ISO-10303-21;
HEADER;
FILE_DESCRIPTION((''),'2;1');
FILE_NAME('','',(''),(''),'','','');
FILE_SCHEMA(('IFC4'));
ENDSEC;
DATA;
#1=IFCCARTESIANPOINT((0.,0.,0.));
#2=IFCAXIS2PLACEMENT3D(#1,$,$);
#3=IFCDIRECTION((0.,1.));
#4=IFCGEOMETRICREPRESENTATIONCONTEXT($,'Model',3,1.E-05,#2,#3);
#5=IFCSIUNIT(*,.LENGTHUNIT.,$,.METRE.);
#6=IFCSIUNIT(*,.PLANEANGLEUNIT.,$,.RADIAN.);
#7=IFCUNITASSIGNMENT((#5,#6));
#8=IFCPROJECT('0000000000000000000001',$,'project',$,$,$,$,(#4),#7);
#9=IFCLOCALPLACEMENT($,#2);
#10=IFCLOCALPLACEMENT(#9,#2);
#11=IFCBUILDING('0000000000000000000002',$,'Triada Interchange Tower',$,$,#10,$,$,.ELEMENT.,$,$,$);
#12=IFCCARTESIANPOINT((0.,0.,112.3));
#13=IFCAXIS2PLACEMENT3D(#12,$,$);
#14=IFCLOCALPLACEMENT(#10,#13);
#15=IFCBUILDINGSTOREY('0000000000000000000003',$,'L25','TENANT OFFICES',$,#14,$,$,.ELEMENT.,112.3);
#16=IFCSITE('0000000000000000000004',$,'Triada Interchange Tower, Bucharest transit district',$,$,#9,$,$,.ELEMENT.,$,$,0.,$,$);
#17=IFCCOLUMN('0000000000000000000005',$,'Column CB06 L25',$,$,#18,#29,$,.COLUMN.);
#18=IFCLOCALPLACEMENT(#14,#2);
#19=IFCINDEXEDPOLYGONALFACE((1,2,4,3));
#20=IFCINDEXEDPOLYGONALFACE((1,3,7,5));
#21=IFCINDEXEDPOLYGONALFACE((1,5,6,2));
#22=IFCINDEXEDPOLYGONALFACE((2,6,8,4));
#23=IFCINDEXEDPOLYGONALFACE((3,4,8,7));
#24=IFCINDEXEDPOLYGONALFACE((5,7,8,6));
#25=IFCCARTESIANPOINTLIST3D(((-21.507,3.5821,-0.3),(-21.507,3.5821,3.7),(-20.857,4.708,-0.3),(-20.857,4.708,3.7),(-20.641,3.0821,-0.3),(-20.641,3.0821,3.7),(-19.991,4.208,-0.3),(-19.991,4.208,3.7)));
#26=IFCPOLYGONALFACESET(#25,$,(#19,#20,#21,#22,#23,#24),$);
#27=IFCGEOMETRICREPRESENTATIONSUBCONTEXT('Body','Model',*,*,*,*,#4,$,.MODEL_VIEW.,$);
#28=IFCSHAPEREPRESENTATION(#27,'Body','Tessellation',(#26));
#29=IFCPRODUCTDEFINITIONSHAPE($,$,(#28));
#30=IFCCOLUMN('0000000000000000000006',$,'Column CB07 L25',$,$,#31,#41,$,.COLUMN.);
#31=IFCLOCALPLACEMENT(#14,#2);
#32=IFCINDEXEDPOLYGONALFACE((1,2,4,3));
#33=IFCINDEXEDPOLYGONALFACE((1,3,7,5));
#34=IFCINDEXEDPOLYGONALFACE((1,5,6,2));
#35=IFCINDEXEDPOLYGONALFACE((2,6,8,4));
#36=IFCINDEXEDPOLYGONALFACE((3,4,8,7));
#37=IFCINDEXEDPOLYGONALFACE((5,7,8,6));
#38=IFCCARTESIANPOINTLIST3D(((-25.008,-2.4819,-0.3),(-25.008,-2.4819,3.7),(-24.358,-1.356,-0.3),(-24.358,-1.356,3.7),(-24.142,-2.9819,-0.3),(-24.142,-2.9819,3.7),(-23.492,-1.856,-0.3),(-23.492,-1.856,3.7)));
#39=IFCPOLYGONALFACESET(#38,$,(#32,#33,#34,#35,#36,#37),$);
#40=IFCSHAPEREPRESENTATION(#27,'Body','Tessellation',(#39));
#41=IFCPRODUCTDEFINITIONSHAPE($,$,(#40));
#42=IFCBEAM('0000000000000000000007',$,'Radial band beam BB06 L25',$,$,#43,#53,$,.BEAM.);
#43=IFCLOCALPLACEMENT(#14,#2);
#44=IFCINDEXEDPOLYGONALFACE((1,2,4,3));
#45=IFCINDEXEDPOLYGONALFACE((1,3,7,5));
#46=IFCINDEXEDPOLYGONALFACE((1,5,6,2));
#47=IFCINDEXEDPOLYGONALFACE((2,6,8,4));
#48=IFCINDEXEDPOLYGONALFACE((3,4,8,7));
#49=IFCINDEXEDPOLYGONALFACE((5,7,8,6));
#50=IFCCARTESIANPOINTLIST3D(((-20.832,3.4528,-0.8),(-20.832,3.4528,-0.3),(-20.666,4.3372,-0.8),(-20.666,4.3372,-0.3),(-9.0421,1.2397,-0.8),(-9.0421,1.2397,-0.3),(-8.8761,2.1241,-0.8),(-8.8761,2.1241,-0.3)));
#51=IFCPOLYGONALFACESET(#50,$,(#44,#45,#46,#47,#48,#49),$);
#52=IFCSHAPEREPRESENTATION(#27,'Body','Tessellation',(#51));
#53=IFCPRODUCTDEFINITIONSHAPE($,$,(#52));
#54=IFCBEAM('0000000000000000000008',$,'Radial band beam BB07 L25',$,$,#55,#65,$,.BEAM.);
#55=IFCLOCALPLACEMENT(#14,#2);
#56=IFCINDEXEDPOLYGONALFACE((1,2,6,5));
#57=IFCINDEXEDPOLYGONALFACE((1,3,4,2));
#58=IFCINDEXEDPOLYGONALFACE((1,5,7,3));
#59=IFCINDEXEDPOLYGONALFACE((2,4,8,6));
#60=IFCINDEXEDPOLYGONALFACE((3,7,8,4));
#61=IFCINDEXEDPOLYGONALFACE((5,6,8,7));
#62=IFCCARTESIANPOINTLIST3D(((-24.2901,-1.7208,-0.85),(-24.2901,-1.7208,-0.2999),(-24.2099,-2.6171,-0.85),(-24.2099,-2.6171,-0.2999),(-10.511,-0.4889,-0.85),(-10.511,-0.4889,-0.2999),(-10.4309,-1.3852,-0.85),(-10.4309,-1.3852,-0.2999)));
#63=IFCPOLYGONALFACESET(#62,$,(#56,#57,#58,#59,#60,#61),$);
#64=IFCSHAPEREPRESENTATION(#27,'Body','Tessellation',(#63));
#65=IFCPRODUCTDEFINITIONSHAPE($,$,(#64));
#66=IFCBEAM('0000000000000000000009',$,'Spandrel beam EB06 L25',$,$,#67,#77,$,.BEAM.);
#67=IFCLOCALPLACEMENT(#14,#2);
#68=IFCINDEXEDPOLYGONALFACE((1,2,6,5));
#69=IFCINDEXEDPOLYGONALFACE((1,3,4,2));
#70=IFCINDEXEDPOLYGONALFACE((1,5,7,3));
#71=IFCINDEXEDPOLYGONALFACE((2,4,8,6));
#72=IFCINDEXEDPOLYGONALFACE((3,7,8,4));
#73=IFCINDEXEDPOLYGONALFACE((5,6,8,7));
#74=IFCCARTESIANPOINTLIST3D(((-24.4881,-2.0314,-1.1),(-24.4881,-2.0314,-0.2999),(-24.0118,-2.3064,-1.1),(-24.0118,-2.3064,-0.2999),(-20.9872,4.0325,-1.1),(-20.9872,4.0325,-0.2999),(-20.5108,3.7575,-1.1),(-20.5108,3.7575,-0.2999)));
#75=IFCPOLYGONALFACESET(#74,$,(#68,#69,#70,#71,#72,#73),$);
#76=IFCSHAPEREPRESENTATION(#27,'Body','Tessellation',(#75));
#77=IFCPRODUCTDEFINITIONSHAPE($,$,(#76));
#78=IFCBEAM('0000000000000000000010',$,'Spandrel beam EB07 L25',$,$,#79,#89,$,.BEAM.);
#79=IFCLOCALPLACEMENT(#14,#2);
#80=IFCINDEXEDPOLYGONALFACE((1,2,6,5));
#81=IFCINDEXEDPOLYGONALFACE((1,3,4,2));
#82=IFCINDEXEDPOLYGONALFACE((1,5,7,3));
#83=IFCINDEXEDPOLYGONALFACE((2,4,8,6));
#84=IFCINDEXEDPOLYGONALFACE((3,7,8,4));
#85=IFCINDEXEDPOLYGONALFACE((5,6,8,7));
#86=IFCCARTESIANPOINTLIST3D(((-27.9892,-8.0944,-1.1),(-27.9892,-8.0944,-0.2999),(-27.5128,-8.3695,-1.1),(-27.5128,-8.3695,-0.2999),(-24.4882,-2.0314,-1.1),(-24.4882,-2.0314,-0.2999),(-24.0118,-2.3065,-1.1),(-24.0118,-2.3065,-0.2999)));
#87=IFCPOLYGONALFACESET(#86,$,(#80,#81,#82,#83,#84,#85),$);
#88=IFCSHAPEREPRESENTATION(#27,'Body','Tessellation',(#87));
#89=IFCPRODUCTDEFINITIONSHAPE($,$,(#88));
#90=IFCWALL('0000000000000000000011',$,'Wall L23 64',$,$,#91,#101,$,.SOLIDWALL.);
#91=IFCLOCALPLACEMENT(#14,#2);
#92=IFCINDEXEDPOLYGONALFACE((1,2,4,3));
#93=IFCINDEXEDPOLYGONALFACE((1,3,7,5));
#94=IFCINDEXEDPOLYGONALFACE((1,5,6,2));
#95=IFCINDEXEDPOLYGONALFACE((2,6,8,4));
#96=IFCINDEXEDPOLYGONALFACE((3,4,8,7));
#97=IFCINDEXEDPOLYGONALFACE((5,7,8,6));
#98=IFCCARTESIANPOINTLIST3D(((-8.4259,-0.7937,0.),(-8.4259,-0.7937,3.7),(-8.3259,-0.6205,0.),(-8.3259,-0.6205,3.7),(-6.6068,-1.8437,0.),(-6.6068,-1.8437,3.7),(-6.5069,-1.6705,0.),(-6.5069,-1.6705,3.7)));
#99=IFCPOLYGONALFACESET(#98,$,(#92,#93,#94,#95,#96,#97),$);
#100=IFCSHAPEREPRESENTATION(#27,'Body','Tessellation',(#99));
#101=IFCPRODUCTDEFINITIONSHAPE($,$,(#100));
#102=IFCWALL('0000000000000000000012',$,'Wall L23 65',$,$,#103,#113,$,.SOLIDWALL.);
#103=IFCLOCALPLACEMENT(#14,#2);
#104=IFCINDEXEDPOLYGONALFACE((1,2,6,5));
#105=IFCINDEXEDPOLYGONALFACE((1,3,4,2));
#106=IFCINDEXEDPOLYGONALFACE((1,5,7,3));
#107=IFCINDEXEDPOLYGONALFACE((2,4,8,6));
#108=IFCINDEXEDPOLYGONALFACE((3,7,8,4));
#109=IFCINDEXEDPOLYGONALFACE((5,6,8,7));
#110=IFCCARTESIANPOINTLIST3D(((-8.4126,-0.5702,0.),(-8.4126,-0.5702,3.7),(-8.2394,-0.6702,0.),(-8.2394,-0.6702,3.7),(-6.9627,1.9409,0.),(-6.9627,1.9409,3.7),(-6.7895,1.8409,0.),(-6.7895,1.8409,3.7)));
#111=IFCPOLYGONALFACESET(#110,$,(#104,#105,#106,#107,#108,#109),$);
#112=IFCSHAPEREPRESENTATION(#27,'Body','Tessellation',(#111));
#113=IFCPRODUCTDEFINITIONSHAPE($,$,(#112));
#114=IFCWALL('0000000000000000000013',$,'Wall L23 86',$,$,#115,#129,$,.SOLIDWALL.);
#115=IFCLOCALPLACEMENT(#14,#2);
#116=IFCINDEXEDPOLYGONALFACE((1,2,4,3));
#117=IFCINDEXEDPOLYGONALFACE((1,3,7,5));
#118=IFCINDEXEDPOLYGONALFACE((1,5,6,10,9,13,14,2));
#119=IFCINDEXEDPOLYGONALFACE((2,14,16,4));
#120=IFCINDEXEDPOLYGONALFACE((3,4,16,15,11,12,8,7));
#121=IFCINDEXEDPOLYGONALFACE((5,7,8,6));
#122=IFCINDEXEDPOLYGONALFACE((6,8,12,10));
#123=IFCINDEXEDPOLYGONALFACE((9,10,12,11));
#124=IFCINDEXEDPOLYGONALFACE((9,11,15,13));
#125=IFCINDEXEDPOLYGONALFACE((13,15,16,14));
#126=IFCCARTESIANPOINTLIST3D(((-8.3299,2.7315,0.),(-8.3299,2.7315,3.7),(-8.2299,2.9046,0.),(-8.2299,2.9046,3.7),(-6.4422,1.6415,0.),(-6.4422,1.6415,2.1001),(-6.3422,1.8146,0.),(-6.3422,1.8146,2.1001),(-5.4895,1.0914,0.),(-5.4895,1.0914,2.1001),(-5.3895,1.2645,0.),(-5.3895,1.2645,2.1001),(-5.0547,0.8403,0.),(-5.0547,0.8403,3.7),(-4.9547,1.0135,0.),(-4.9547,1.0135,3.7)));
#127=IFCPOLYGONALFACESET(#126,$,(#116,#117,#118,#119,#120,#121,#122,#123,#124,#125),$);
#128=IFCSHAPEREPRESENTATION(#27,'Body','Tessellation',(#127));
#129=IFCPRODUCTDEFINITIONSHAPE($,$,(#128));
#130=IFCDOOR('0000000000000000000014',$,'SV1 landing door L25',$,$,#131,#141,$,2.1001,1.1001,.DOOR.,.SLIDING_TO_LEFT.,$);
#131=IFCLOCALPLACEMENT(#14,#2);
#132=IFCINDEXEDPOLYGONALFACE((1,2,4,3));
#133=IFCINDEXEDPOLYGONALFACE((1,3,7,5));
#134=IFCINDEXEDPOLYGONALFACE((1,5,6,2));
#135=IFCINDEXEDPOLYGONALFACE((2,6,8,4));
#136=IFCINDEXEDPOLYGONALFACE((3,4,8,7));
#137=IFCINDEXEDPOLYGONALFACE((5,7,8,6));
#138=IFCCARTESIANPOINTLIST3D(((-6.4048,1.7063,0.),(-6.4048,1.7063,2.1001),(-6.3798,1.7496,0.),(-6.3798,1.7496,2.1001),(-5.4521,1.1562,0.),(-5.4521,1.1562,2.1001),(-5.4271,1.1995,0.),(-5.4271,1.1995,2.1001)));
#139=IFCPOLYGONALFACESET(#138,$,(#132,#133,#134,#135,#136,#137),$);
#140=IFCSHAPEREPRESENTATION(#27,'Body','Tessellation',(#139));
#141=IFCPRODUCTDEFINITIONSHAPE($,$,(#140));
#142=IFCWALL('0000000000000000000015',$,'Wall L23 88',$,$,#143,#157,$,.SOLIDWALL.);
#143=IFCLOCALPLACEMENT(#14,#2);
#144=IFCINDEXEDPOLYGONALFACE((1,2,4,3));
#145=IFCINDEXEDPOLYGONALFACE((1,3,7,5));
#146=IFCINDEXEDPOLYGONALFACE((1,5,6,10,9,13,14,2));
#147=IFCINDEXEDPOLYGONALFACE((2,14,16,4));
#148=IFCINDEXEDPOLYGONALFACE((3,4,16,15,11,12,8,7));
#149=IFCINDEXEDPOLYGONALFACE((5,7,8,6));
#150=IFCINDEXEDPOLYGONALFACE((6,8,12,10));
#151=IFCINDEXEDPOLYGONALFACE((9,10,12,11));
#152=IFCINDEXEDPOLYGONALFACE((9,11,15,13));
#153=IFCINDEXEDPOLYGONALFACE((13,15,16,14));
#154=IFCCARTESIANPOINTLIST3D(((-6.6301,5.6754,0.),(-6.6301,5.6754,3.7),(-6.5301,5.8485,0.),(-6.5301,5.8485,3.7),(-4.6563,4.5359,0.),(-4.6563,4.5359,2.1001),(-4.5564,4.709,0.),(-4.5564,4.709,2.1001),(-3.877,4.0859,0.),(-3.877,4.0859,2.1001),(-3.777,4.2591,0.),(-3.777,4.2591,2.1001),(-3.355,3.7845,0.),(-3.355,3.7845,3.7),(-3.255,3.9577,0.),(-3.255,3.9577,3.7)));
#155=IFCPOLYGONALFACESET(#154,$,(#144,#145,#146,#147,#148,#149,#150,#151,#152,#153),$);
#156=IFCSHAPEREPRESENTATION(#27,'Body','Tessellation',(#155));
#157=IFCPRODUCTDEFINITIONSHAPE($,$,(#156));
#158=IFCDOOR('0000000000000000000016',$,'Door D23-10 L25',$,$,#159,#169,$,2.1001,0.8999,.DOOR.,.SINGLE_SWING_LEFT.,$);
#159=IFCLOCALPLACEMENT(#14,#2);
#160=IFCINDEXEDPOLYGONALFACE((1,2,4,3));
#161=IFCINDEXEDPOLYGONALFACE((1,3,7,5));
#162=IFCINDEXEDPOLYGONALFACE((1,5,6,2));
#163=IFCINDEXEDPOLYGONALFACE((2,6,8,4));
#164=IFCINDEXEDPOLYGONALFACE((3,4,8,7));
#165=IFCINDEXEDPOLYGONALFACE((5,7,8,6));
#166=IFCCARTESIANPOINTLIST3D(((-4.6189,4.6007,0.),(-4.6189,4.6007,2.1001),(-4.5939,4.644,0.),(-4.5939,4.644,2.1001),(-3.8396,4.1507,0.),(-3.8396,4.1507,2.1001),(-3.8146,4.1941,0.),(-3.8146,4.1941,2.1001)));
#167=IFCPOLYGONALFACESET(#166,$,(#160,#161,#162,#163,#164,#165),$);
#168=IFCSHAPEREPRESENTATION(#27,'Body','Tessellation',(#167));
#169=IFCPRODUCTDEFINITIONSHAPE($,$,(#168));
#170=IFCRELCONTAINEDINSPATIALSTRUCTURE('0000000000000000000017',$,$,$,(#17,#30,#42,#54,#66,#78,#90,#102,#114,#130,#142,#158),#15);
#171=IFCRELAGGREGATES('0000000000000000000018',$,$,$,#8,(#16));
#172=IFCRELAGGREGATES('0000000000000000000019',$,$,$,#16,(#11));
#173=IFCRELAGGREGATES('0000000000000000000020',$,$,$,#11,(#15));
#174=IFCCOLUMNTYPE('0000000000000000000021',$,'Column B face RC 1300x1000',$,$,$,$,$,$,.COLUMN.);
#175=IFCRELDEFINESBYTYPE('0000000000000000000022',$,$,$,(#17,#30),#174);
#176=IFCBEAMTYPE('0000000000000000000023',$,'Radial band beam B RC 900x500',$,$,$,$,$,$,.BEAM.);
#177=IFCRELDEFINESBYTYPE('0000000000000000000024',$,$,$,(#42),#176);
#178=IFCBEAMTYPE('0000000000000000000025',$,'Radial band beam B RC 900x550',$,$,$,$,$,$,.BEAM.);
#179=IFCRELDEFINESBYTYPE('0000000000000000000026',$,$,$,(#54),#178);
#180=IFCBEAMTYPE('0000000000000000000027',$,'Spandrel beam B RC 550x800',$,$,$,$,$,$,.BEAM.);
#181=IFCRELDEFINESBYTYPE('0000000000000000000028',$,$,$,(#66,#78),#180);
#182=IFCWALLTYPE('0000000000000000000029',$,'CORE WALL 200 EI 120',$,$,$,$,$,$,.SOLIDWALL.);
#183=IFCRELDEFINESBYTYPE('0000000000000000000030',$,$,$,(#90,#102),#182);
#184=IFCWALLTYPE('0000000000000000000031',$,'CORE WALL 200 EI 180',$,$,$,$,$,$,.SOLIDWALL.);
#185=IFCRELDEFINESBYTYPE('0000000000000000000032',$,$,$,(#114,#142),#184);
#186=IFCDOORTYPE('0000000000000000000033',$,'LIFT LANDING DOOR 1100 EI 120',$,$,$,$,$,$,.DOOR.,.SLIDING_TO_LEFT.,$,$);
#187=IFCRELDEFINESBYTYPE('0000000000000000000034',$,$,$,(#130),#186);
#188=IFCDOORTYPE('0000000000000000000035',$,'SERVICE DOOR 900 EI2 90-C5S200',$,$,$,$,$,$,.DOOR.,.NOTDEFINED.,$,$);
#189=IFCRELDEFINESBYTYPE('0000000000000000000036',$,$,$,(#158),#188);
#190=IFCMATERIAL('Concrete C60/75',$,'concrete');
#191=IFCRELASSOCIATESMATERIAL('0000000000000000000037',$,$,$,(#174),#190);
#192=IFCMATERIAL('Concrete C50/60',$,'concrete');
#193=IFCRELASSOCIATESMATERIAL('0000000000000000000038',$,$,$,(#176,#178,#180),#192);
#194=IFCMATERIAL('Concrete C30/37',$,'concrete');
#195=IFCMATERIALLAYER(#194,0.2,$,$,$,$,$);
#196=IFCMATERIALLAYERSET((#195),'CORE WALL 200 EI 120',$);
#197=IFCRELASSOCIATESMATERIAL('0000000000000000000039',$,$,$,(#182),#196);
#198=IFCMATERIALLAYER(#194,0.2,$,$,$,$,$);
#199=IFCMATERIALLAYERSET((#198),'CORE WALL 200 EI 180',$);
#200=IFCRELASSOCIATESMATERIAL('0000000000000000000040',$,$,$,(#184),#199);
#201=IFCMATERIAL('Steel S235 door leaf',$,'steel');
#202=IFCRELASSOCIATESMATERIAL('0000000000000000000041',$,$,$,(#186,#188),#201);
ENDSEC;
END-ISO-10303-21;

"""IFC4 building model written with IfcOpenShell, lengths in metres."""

from ifc_helpers import new_model, si_unit, direction, frame, frame_2d, origin, origin_2d, place, context, subcontext, project, spatial, rectangle, extrude, material, layer, layer_set, material_profile, profile_set, type_object, element, fill, save


model = new_model("IFC4")

# Units and contexts
model_context = context("Model", 3, precision=1e-05, world=origin(), true_north=direction((0.0, 1.0)))
body_context = subcontext(model_context, "Body", "Model", "MODEL_VIEW")
ifc_project = project(units=[si_unit("LENGTHUNIT", "METRE"), si_unit("PLANEANGLEUNIT", "RADIAN")], contexts=[model_context])

# Site, building, storey
site_placement = place(None, origin())
site = spatial("IfcSite", under=ifc_project, at=site_placement, Name="Triada Interchange Tower, Bucharest transit district", CompositionType="ELEMENT", RefElevation=0.0)
building_placement = place(site_placement, origin())
building = spatial("IfcBuilding", under=site, at=building_placement, Name="Triada Interchange Tower", CompositionType="ELEMENT")
storey_placement = place(building_placement, frame((0.0, 0.0, 112.3)))
storey = spatial("IfcBuildingStorey", under=building, at=storey_placement, Name="L25", Description="TENANT OFFICES", CompositionType="ELEMENT", Elevation=112.3)

# Columns
ifc_material_1 = material(Name="Concrete C60/75", Category="concrete")
ifc_material_profile_1 = material_profile(ifc_material_1, rectangle(XDim=1.3, YDim=1.0, at=origin_2d()), Name="RC 1300x1000")
ifc_profile_set_1 = profile_set([ifc_material_profile_1], Name="Concrete C60/75")
column_type = type_object("IfcColumnType", Name="Column B face RC 1300x1000", PredefinedType="COLUMN", material=ifc_profile_set_1)
for number, where, z_axis, x_axis, name in (
    (1, (-20.749, 3.895, -0.3), (0.0, 0.0, 1.0), (0.5, 0.866025, 0.0), "Column CB06 L25"),
    (2, (-24.25, -2.1689, -0.3), (0.0, 0.0, 1.0), (0.5, 0.866025, 0.0), "Column CB07 L25"),
):
    element("IfcColumn", number, at=place(storey_placement, frame(where, z_axis=z_axis, x_axis=x_axis)), inside=storey, type_object=column_type, Name=name, PredefinedType="COLUMN", context=body_context, shape_type="SweptSolid", body=[
        extrude(rectangle(XDim=1.3, YDim=1.0, at=origin_2d()), origin(), (0.0, 0.0, 1.0), 4.0),
    ])

# Beams
ifc_material_2 = material(Name="Concrete C50/60", Category="concrete")
ifc_material_profile_2 = material_profile(ifc_material_2, rectangle(XDim=0.8999, YDim=0.5, at=origin_2d()), Name="RC 900x500")
ifc_profile_set_2 = profile_set([ifc_material_profile_2], Name="Concrete C50/60")
beam_type_1 = type_object("IfcBeamType", Name="Radial band beam B RC 900x500", PredefinedType="BEAM", material=ifc_profile_set_2)
beam_1_placement = place(storey_placement, frame((-20.749, 3.895, -0.55), z_axis=(0.982834, -0.18449, 0.0), x_axis=(0.18449, 0.982834, 0.0)))
element("IfcBeam", 3, at=beam_1_placement, inside=storey, type_object=beam_type_1, Name="Radial band beam BB06 L25", PredefinedType="BEAM", context=body_context, shape_type="SweptSolid", body=[
    extrude(rectangle(XDim=0.8999, YDim=0.5, at=origin_2d()), origin(), (0.0, 0.0, 1.0), 11.9958),
])
ifc_material_profile_3 = material_profile(ifc_material_2, rectangle(XDim=0.8999, YDim=0.55, at=origin_2d()), Name="RC 900x550")
ifc_profile_set_3 = profile_set([ifc_material_profile_3], Name="Concrete C50/60")
beam_type_2 = type_object("IfcBeamType", Name="Radial band beam B RC 900x550", PredefinedType="BEAM", material=ifc_profile_set_3)
beam_2_placement = place(storey_placement, frame((-24.25, -2.1689, -0.575), z_axis=(0.996027, 0.089051, 0.0), x_axis=(-0.089051, 0.996027, 0.0)))
element("IfcBeam", 4, at=beam_2_placement, inside=storey, type_object=beam_type_2, Name="Radial band beam BB07 L25", PredefinedType="BEAM", context=body_context, shape_type="SweptSolid", body=[
    extrude(rectangle(XDim=0.8999, YDim=0.55, at=origin_2d()), origin(), (0.0, 0.0, 1.0), 13.834),
])
ifc_material_profile_4 = material_profile(ifc_material_2, rectangle(XDim=0.55, YDim=0.8, at=origin_2d()), Name="RC 550x800")
ifc_profile_set_4 = profile_set([ifc_material_profile_4], Name="Concrete C50/60")
beam_type_3 = type_object("IfcBeamType", Name="Spandrel beam B RC 550x800", PredefinedType="BEAM", material=ifc_profile_set_4)
beam_3_placement = place(storey_placement, frame((-20.749, 3.895, -0.7), z_axis=(-0.499994, -0.866029, 0.0), x_axis=(0.866029, -0.499994, 0.0)))
element("IfcBeam", 5, at=beam_3_placement, inside=storey, type_object=beam_type_3, Name="Spandrel beam EB06 L25", PredefinedType="BEAM", context=body_context, shape_type="SweptSolid", body=[
    extrude(rectangle(XDim=0.55, YDim=0.8, at=origin_2d()), origin(), (0.0, 0.0, 1.0), 7.002),
])
beam_4_placement = place(storey_placement, frame((-24.25, -2.1689, -0.7), z_axis=(-0.500054, -0.865994, 0.0), x_axis=(0.865994, -0.500054, 0.0)))
element("IfcBeam", 6, at=beam_4_placement, inside=storey, type_object=beam_type_3, Name="Spandrel beam EB07 L25", PredefinedType="BEAM", context=body_context, shape_type="SweptSolid", body=[
    extrude(rectangle(XDim=0.55, YDim=0.8, at=origin_2d()), origin(), (0.0, 0.0, 1.0), 7.0012),
])

# Walls
ifc_material_3 = material(Name="Concrete C30/37", Category="concrete")
ifc_layer_1 = layer(ifc_material_3, 0.2)
ifc_layer_set_1 = layer_set([ifc_layer_1], Name="CORE WALL 200 EI 120")
wall_type_1 = type_object("IfcWallType", Name="CORE WALL 200 EI 120", PredefinedType="SOLIDWALL", material=ifc_layer_set_1)
wall_1_placement = place(storey_placement, frame((-8.376, -0.707, 0.0), z_axis=(0.0, 0.0, 1.0), x_axis=(0.866068, -0.499927, 0.0)))
element("IfcWall", 7, at=wall_1_placement, inside=storey, type_object=wall_type_1, Name="Wall L23 64", PredefinedType="SOLIDWALL", context=body_context, shape_type="SweptSolid", body=[
    extrude(rectangle(XDim=2.1003, YDim=0.2, at=frame_2d((1.0503, 0.0))), origin(), (0.0, 0.0, 1.0), 3.7),
])
wall_2_placement = place(storey_placement, frame((-8.3259, -0.6201, 0.0), z_axis=(0.0, 0.0, 1.0), x_axis=(0.500024, 0.866012, 0.0)))
element("IfcWall", 8, at=wall_2_placement, inside=storey, type_object=wall_type_1, Name="Wall L23 65", PredefinedType="SOLIDWALL", context=body_context, shape_type="SweptSolid", body=[
    extrude(rectangle(XDim=2.8997, YDim=0.2, at=frame_2d((1.4497, 0.0))), origin(), (0.0, 0.0, 1.0), 3.7),
])

# Walls, openings, doors
ifc_layer_2 = layer(ifc_material_3, 0.2)
ifc_layer_set_2 = layer_set([ifc_layer_2], Name="CORE WALL 200 EI 180")
wall_type_2 = type_object("IfcWallType", Name="CORE WALL 200 EI 180", PredefinedType="SOLIDWALL", material=ifc_layer_set_2)
wall_3_placement = place(storey_placement, frame((-8.28, 2.8181, 0.0), z_axis=(0.0, 0.0, 1.0), x_axis=(0.866002, -0.500041, 0.0)))
wall_3 = element("IfcWall", 9, at=wall_3_placement, inside=storey, type_object=wall_type_2, Name="Wall L23 86", PredefinedType="SOLIDWALL", context=body_context, shape_type="SweptSolid", body=[
    extrude(rectangle(XDim=3.782, YDim=0.2, at=frame_2d((1.8911, 0.0))), origin(), (0.0, 0.0, 1.0), 3.7),
])
opening_1_placement = place(wall_3_placement, frame((2.1799, 0.0, 0.0)))
opening_1 = element("IfcOpeningElement", 10, at=opening_1_placement, cuts=wall_3, PredefinedType="OPENING", context=body_context, shape_type="SweptSolid", body=[
    extrude(rectangle(XDim=1.1001, YDim=2.1001, at=frame_2d((0.55, 1.05))), frame((0.0, 0.1099, 0.0), z_axis=(0.0, -1.0, 0.0), x_axis=(1.0, 0.0, 0.0)), (0.0, 0.0, 1.0), 0.22),
])
ifc_material_4 = material(Name="Steel S235 door leaf", Category="steel")
door_type_1 = type_object("IfcDoorType", Name="LIFT LANDING DOOR 1100 EI 120", OperationType="SLIDING_TO_LEFT", PredefinedType="DOOR", material=ifc_material_4)
door_1_placement = place(opening_1_placement, origin())
door_1 = element("IfcDoor", 11, at=door_1_placement, inside=storey, type_object=door_type_1, Name="SV1 landing door L25", OperationType="SLIDING_TO_LEFT", OverallHeight=2.1001, OverallWidth=1.1001, PredefinedType="DOOR", context=body_context, shape_type="SweptSolid", body=[
    extrude(rectangle(XDim=1.1001, YDim=2.1001, at=frame_2d((0.55, 1.05))), frame((0.0, 0.0249, 0.0), z_axis=(0.0, -1.0, 0.0), x_axis=(1.0, 0.0, 0.0)), (0.0, 0.0, 1.0), 0.05),
])
fill(opening_1, door_1)
wall_4_placement = place(storey_placement, frame((-6.5801, 5.762, 0.0), z_axis=(0.0, 0.0, 1.0), x_axis=(0.86603, -0.499993, 0.0)))
wall_4 = element("IfcWall", 12, at=wall_4_placement, inside=storey, type_object=wall_type_2, Name="Wall L23 88", PredefinedType="SOLIDWALL", context=body_context, shape_type="SweptSolid", body=[
    extrude(rectangle(XDim=3.7817, YDim=0.2, at=frame_2d((1.8909, 0.0))), origin(), (0.0, 0.0, 1.0), 3.7),
])
opening_2_placement = place(wall_4_placement, frame((2.2791, 0.0, 0.0)))
opening_2 = element("IfcOpeningElement", 13, at=opening_2_placement, cuts=wall_4, PredefinedType="OPENING", context=body_context, shape_type="SweptSolid", body=[
    extrude(rectangle(XDim=0.8999, YDim=2.1001, at=frame_2d((0.45, 1.05))), frame((0.0, 0.1099, 0.0), z_axis=(0.0, -1.0, 0.0), x_axis=(1.0, 0.0, 0.0)), (0.0, 0.0, 1.0), 0.22),
])
door_type_2 = type_object("IfcDoorType", Name="SERVICE DOOR 900 EI2 90-C5S200", OperationType="NOTDEFINED", PredefinedType="DOOR", material=ifc_material_4)
door_2_placement = place(opening_2_placement, origin())
door_2 = element("IfcDoor", 14, at=door_2_placement, inside=storey, type_object=door_type_2, Name="Door D23-10 L25", OperationType="SINGLE_SWING_LEFT", OverallHeight=2.1001, OverallWidth=0.8999, PredefinedType="DOOR", context=body_context, shape_type="SweptSolid", body=[
    extrude(rectangle(XDim=0.8999, YDim=2.1001, at=frame_2d((0.45, 1.05))), frame((0.0, 0.0249, 0.0), z_axis=(0.0, -1.0, 0.0), x_axis=(1.0, 0.0, 0.0)), (0.0, 0.0, 1.0), 0.05),
])
fill(opening_2, door_2)

save(model, "model.ifc")
